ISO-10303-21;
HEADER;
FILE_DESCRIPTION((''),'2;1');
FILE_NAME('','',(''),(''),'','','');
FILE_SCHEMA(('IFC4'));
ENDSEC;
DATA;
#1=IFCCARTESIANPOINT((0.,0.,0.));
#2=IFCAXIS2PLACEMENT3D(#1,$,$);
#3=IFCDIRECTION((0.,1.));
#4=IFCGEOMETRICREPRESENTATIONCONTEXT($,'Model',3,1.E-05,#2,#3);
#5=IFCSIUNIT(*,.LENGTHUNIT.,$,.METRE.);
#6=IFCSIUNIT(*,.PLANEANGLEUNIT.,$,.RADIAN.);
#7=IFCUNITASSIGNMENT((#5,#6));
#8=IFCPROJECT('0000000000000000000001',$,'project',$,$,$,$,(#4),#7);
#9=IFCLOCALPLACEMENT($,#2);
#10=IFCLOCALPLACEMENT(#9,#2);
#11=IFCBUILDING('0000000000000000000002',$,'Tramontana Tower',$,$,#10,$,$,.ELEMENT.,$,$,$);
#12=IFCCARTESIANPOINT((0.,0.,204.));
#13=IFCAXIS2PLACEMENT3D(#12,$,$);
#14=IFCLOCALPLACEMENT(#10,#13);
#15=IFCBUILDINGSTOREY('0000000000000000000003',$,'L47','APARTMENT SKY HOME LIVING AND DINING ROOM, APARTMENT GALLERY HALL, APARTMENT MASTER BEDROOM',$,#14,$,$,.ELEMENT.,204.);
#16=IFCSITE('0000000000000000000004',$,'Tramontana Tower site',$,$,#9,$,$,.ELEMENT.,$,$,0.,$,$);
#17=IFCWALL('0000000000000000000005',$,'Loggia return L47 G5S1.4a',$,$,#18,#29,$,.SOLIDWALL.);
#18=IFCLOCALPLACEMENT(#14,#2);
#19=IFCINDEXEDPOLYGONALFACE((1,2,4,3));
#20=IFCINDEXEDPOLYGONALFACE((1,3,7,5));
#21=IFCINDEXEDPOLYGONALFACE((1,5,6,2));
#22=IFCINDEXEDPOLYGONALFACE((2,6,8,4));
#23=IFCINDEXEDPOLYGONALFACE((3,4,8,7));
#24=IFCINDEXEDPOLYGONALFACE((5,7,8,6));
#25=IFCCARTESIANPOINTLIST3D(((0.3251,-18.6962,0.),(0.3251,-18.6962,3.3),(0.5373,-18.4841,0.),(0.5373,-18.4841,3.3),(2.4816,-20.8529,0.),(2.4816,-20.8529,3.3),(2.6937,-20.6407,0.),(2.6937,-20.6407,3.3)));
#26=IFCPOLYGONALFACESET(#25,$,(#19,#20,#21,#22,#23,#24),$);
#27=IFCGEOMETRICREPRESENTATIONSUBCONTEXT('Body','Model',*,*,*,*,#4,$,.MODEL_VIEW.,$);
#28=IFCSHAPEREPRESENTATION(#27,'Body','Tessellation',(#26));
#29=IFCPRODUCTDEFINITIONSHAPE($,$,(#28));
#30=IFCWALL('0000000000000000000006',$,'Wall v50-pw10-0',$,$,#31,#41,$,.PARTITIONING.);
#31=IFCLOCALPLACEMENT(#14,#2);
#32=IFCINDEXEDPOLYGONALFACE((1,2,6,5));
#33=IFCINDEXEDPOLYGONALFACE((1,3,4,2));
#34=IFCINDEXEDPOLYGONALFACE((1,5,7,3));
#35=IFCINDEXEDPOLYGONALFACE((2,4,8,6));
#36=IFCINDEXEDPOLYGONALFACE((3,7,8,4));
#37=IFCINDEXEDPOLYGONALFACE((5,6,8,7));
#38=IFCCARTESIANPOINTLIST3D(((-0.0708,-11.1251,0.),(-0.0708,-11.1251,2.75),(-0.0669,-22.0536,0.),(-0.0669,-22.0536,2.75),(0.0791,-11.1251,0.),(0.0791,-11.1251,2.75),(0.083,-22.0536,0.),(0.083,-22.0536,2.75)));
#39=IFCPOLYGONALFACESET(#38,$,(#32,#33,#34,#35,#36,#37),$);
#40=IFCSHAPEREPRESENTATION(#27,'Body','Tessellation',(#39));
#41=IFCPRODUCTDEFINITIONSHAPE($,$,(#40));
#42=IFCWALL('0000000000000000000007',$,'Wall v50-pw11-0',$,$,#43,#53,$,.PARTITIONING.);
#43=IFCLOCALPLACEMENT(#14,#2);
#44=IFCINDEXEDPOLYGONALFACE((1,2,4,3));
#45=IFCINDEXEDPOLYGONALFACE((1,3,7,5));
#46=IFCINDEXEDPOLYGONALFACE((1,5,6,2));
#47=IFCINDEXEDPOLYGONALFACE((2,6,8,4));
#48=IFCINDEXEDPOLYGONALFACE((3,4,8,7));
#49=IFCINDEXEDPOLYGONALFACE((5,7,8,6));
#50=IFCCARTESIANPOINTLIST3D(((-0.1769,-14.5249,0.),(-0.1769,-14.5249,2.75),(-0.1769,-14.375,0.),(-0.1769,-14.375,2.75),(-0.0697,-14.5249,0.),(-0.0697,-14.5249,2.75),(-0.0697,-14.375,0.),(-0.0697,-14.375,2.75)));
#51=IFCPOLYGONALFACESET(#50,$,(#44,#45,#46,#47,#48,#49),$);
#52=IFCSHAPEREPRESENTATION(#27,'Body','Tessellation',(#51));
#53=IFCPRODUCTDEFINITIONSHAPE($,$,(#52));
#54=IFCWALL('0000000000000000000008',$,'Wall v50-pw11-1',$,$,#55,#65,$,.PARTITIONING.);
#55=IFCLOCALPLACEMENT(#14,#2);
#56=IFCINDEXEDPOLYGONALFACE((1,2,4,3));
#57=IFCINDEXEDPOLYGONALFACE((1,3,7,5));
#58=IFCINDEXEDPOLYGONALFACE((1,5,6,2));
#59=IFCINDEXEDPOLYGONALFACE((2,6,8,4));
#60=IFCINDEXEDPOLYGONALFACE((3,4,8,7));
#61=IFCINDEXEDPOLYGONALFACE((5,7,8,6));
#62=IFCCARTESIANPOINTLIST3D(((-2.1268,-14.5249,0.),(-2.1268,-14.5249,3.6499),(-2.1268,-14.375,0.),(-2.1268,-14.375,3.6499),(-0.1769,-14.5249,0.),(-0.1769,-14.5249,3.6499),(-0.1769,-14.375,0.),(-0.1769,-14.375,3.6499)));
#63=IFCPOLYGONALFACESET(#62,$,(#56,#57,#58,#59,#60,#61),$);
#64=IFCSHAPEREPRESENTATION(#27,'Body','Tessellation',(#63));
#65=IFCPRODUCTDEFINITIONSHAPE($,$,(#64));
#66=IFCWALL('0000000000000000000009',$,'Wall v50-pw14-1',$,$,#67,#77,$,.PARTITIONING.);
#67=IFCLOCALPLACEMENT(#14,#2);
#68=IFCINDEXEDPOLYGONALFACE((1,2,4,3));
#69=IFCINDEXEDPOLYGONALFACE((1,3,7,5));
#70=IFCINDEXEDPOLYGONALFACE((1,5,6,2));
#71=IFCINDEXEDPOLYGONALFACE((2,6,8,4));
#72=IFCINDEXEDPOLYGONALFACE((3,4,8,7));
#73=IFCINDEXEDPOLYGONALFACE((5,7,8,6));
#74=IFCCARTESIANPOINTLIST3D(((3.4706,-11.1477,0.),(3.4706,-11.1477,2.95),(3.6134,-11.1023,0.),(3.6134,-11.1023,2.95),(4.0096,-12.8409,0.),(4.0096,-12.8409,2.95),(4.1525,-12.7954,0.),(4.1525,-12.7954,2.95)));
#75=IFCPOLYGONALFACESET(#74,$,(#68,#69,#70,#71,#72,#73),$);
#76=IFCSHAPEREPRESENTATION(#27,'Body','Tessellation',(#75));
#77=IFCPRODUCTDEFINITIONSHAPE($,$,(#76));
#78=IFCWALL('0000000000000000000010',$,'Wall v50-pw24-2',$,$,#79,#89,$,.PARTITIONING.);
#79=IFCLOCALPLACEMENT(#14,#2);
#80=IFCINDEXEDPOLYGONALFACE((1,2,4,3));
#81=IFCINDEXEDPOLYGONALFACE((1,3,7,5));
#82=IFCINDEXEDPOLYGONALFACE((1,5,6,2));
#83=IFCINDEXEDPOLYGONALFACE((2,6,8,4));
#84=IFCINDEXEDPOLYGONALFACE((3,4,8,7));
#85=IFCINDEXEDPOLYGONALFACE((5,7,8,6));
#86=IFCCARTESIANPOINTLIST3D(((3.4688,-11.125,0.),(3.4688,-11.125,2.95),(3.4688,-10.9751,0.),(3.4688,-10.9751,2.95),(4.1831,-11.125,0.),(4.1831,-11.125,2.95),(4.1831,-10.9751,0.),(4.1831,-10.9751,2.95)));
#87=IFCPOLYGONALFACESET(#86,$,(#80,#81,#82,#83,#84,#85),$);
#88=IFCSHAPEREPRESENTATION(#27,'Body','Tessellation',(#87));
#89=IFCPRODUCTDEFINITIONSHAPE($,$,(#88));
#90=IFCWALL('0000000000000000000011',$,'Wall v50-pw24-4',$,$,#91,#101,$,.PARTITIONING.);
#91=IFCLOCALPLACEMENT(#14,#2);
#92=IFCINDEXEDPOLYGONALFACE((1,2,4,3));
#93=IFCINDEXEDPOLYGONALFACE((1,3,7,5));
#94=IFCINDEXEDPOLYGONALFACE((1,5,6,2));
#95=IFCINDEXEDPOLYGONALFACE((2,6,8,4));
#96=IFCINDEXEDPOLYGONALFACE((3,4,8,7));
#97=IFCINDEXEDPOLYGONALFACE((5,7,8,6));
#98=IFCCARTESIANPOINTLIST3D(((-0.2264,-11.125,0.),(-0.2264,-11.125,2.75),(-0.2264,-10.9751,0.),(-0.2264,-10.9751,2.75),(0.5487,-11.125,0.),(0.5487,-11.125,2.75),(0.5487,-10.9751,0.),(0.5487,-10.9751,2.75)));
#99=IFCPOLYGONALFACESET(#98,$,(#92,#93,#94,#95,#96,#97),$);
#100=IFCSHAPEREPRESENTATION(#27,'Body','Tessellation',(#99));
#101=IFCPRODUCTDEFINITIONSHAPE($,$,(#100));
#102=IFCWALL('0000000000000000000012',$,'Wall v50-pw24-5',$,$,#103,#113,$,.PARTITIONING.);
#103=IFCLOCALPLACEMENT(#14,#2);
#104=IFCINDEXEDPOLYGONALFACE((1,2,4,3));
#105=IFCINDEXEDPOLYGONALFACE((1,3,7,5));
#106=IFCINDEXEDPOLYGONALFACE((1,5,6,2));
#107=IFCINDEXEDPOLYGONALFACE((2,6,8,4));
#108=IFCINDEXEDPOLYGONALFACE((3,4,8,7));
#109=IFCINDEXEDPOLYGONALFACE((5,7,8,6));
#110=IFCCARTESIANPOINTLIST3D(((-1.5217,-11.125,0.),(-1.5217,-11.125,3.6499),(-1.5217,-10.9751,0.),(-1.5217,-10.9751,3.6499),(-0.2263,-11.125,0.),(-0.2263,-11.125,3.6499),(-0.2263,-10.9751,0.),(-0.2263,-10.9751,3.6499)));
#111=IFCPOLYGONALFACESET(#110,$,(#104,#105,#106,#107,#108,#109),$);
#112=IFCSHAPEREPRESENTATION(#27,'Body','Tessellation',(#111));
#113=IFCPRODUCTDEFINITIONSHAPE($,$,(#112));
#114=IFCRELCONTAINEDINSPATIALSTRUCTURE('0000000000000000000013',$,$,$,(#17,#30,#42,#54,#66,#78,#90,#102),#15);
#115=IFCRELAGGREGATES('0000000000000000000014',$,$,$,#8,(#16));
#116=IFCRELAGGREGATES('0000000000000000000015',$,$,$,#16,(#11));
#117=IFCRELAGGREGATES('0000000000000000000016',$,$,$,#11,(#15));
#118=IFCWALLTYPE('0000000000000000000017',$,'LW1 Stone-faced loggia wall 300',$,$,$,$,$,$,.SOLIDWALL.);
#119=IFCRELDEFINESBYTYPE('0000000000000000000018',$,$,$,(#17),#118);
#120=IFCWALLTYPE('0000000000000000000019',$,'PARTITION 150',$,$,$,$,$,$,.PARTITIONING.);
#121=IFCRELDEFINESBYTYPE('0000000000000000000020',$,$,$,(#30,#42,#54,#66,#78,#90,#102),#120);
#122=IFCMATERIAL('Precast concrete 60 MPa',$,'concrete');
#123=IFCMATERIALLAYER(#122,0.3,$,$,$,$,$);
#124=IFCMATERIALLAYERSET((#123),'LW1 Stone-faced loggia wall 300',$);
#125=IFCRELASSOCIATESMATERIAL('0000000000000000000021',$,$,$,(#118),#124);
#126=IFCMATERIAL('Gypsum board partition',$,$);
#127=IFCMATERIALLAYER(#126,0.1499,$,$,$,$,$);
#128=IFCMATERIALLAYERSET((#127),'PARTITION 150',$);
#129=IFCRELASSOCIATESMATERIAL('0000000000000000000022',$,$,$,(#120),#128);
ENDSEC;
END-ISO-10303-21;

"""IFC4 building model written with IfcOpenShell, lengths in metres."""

from ifc_helpers import new_model, si_unit, direction, frame, frame_2d, origin, place, context, subcontext, project, spatial, rectangle, extrude, material, layer, layer_set, type_object, element, save


model = new_model("IFC4")

# Units and contexts
model_context = context("Model", 3, precision=1e-05, world=origin(), true_north=direction((0.0, 1.0)))
body_context = subcontext(model_context, "Body", "Model", "MODEL_VIEW")
ifc_project = project(units=[si_unit("LENGTHUNIT", "METRE"), si_unit("PLANEANGLEUNIT", "RADIAN")], contexts=[model_context])

# Site, building, storey
site_placement = place(None, origin())
site = spatial("IfcSite", under=ifc_project, at=site_placement, Name="Tramontana Tower site", CompositionType="ELEMENT", RefElevation=0.0)
building_placement = place(site_placement, origin())
building = spatial("IfcBuilding", under=site, at=building_placement, Name="Tramontana Tower", CompositionType="ELEMENT")
storey_placement = place(building_placement, frame((0.0, 0.0, 204.0)))
storey = spatial("IfcBuildingStorey", under=building, at=storey_placement, Name="L47", Description="APARTMENT SKY HOME LIVING AND DINING ROOM, APARTMENT GALLERY HALL, APARTMENT MASTER BEDROOM", CompositionType="ELEMENT", Elevation=204.0)

# Shared definitions
ifc_material_1 = material(Name="Precast concrete 60 MPa", Category="concrete")
ifc_layer_1 = layer(ifc_material_1, 0.3)
ifc_layer_set_1 = layer_set([ifc_layer_1], Name="LW1 Stone-faced loggia wall 300")
wall_type_1 = type_object("IfcWallType", Name="LW1 Stone-faced loggia wall 300", PredefinedType="SOLIDWALL", material=ifc_layer_set_1)

# Walls
wall_1_placement = place(storey_placement, frame((2.5876, -20.7468, 0.0), z_axis=(0.0, 0.0, 1.0), x_axis=(-0.707067, 0.707147, 0.0)))
element("IfcWall", 1, at=wall_1_placement, inside=storey, type_object=wall_type_1, Name="Loggia return L47 G5S1.4a", PredefinedType="SOLIDWALL", context=body_context, shape_type="SweptSolid", body=[
    extrude(rectangle(XDim=3.0498, YDim=0.3, at=frame_2d((1.5249, 0.0))), origin(), (0.0, 0.0, 1.0), 3.3),
])
ifc_material_2 = material(Name="Gypsum board partition")
ifc_layer_2 = layer(ifc_material_2, 0.1499)
ifc_layer_set_2 = layer_set([ifc_layer_2], Name="PARTITION 150")
wall_type_2 = type_object("IfcWallType", Name="PARTITION 150", PredefinedType="PARTITIONING", material=ifc_layer_set_2)
wall_2_placement = place(storey_placement, frame((0.0042, -11.125, 0.0), z_axis=(0.0, 0.0, 1.0), x_axis=(0.000357, -1.0, 0.0)))
element("IfcWall", 2, at=wall_2_placement, inside=storey, type_object=wall_type_2, Name="Wall v50-pw10-0", PredefinedType="PARTITIONING", context=body_context, shape_type="SweptSolid", body=[
    extrude(rectangle(XDim=10.9285, YDim=0.1499, at=frame_2d((5.4644, 0.0))), origin(), (0.0, 0.0, 1.0), 2.75),
])
wall_3_placement = place(storey_placement, frame((-0.0696, -14.45, 0.0), z_axis=(0.0, 0.0, 1.0), x_axis=(-1.0, 0.0, 0.0)))
element("IfcWall", 3, at=wall_3_placement, inside=storey, type_object=wall_type_2, Name="Wall v50-pw11-0", PredefinedType="PARTITIONING", context=body_context, shape_type="SweptSolid", body=[
    extrude(rectangle(XDim=0.1072, YDim=0.1499, at=frame_2d((0.0537, 0.0))), origin(), (0.0, 0.0, 1.0), 2.75),
])
wall_4_placement = place(storey_placement, frame((-0.1768, -14.45, 0.0), z_axis=(0.0, 0.0, 1.0), x_axis=(-1.0, 0.0, 0.0)))
element("IfcWall", 4, at=wall_4_placement, inside=storey, type_object=wall_type_2, Name="Wall v50-pw11-1", PredefinedType="PARTITIONING", context=body_context, shape_type="SweptSolid", body=[
    extrude(rectangle(XDim=1.95, YDim=0.1499, at=frame_2d((0.9751, 0.0))), origin(), (0.0, 0.0, 1.0), 3.6499),
])

# Walls
wall_5_placement = place(storey_placement, frame((4.0811, -12.8181, 0.0), z_axis=(0.0, 0.0, 1.0), x_axis=(-0.303379, 0.95287, 0.0)))
element("IfcWall", 5, at=wall_5_placement, inside=storey, type_object=wall_type_2, Name="Wall v50-pw14-1", PredefinedType="PARTITIONING", context=body_context, shape_type="SweptSolid", body=[
    extrude(rectangle(XDim=1.7769, YDim=0.1499, at=frame_2d((0.8884, 0.0))), origin(), (0.0, 0.0, 1.0), 2.95),
])
wall_6_placement = place(storey_placement, frame((4.1831, -11.05, 0.0), z_axis=(0.0, 0.0, 1.0), x_axis=(-1.0, 0.0, 0.0)))
element("IfcWall", 6, at=wall_6_placement, inside=storey, type_object=wall_type_2, Name="Wall v50-pw24-2", PredefinedType="PARTITIONING", context=body_context, shape_type="SweptSolid", body=[
    extrude(rectangle(XDim=0.7144, YDim=0.1499, at=frame_2d((0.3572, 0.0))), origin(), (0.0, 0.0, 1.0), 2.95),
])

# Walls
wall_7_placement = place(storey_placement, frame((0.5488, -11.05, 0.0), z_axis=(0.0, 0.0, 1.0), x_axis=(-1.0, 0.0, 0.0)))
element("IfcWall", 7, at=wall_7_placement, inside=storey, type_object=wall_type_2, Name="Wall v50-pw24-4", PredefinedType="PARTITIONING", context=body_context, shape_type="SweptSolid", body=[
    extrude(rectangle(XDim=0.7751, YDim=0.1499, at=frame_2d((0.3877, 0.0))), origin(), (0.0, 0.0, 1.0), 2.75),
])
wall_8_placement = place(storey_placement, frame((-0.2263, -11.05, 0.0), z_axis=(0.0, 0.0, 1.0), x_axis=(-1.0, 0.0, 0.0)))
element("IfcWall", 8, at=wall_8_placement, inside=storey, type_object=wall_type_2, Name="Wall v50-pw24-5", PredefinedType="PARTITIONING", context=body_context, shape_type="SweptSolid", body=[
    extrude(rectangle(XDim=1.2954, YDim=0.1499, at=frame_2d((0.6477, 0.0))), origin(), (0.0, 0.0, 1.0), 3.6499),
])

save(model, "model.ifc")
